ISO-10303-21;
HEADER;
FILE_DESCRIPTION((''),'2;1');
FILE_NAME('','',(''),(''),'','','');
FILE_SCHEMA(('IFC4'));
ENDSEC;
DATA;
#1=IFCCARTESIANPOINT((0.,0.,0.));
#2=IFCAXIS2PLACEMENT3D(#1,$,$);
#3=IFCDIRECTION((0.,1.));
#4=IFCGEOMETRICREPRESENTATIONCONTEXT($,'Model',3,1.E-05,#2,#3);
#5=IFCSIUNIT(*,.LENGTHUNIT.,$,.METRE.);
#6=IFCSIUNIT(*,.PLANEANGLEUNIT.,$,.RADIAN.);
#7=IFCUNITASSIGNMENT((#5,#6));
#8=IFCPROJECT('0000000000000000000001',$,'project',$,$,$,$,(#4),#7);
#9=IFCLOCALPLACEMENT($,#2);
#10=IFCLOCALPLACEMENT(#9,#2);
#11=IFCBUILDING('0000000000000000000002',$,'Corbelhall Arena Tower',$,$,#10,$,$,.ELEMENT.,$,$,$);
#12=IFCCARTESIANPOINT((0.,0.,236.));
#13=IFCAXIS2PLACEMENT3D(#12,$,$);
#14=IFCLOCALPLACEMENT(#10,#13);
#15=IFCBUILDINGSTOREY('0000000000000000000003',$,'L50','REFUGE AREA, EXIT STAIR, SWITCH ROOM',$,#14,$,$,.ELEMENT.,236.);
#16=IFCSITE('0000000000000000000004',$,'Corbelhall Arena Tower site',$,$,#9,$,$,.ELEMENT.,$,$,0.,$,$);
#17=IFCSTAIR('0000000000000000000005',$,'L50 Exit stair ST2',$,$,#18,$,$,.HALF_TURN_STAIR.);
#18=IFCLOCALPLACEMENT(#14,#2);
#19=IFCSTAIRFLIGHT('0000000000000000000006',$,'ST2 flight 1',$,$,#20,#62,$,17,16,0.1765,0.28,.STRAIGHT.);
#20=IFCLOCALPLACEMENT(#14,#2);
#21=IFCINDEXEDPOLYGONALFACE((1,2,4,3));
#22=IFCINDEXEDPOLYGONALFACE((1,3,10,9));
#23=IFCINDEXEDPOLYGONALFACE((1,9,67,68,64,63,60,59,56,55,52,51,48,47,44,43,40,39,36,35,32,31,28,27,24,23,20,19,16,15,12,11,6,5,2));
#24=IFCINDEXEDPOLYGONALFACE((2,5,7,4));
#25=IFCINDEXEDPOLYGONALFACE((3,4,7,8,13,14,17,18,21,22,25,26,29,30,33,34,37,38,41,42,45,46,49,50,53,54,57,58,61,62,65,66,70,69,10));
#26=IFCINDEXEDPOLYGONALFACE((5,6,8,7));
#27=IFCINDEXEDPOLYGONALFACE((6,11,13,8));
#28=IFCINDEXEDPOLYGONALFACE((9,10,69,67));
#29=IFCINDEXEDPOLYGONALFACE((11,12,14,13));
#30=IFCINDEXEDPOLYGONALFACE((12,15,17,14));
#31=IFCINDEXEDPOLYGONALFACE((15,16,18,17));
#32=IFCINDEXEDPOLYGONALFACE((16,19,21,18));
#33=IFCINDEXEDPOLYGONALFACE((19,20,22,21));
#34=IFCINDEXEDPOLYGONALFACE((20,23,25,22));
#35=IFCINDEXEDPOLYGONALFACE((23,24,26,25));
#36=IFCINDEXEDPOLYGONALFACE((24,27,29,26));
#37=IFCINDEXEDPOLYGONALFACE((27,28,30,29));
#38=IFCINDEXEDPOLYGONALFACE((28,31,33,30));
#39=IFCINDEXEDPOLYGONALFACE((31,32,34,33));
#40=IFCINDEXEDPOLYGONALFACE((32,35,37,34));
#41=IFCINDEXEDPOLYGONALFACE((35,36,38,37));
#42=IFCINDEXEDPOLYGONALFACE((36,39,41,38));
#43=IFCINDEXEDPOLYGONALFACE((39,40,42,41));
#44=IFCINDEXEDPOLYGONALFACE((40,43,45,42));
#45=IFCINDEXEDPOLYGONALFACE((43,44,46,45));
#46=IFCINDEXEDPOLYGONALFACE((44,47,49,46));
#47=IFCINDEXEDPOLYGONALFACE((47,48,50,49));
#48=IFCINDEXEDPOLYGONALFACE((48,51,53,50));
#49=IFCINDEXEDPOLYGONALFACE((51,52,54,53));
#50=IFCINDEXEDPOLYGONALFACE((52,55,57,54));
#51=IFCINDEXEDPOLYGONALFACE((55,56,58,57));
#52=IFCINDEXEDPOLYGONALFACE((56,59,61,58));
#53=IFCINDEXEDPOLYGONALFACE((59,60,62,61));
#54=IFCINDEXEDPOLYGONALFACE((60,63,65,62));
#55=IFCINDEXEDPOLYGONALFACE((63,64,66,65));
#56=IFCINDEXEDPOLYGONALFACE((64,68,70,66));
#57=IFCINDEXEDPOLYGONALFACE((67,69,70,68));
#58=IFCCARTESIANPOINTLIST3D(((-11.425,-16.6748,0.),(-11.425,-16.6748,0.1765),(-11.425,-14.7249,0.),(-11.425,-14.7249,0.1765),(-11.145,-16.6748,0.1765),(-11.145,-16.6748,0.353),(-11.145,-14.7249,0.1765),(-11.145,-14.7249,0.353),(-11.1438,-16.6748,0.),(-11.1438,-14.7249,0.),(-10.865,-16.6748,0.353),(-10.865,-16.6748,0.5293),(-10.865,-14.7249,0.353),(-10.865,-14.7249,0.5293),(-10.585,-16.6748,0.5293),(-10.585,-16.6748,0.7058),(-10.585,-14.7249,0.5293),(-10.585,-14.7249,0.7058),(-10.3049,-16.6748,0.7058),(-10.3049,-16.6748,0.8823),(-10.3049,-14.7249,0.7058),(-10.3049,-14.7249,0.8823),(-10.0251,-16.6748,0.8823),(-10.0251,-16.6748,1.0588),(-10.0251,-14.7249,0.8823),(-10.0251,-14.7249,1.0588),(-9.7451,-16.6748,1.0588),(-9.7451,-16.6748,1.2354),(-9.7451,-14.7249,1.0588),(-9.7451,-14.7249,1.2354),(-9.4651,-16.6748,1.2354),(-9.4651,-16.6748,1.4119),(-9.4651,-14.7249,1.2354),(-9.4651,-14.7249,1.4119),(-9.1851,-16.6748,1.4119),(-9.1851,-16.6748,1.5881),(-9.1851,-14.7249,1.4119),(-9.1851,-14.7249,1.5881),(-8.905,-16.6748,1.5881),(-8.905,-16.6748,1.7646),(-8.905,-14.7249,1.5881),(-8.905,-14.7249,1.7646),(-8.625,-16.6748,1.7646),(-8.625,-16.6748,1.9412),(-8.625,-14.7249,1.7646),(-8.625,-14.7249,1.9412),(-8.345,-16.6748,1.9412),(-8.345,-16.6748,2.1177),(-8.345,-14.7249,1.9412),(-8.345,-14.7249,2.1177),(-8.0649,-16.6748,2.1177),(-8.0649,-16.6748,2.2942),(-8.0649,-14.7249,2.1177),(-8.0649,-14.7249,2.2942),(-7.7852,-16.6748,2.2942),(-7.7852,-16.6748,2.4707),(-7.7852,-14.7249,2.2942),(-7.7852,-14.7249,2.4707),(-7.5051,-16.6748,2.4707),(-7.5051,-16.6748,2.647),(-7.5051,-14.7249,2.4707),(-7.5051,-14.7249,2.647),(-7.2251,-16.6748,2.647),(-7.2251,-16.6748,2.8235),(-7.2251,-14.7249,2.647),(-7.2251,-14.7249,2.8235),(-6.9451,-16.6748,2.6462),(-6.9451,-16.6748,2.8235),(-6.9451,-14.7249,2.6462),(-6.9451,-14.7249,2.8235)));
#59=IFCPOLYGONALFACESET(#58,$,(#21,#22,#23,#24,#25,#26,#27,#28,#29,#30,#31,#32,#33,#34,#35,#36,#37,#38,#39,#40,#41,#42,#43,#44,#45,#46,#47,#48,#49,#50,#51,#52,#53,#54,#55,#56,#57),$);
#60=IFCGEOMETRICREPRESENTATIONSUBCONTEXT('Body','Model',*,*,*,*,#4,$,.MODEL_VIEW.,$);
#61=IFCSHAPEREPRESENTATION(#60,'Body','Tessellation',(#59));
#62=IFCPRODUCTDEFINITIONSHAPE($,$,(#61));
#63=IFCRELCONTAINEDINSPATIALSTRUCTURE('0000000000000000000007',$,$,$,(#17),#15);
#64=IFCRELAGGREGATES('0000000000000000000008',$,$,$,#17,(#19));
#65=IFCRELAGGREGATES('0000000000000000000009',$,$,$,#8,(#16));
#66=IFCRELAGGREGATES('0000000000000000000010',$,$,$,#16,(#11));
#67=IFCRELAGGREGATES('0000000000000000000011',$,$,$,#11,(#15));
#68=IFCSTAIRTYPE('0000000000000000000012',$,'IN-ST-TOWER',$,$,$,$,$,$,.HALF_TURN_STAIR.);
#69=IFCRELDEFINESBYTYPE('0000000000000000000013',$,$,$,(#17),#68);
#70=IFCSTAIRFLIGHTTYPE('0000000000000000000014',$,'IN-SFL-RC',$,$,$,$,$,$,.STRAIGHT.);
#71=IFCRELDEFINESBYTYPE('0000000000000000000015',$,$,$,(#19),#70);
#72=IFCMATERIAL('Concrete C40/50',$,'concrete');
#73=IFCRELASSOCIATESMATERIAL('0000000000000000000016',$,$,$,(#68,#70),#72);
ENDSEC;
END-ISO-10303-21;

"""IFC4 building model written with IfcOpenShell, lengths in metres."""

from ifc_helpers import new_model, si_unit, direction, frame, origin, place, context, subcontext, project, spatial, polyline, outline, extrude, material, type_object, element, aggregate, save


model = new_model("IFC4")

# Units and contexts
model_context = context("Model", 3, precision=1e-05, world=origin(), true_north=direction((0.0, 1.0)))
body_context = subcontext(model_context, "Body", "Model", "MODEL_VIEW")
ifc_project = project(units=[si_unit("LENGTHUNIT", "METRE"), si_unit("PLANEANGLEUNIT", "RADIAN")], contexts=[model_context])

# Site, building, storey
site_placement = place(None, origin())
site = spatial("IfcSite", under=ifc_project, at=site_placement, Name="Corbelhall Arena Tower site", CompositionType="ELEMENT", RefElevation=0.0)
building_placement = place(site_placement, origin())
building = spatial("IfcBuilding", under=site, at=building_placement, Name="Corbelhall Arena Tower", CompositionType="ELEMENT")
storey_placement = place(building_placement, frame((0.0, 0.0, 236.0)))
storey = spatial("IfcBuildingStorey", under=building, at=storey_placement, Name="L50", Description="REFUGE AREA, EXIT STAIR, SWITCH ROOM", CompositionType="ELEMENT", Elevation=236.0)

# Stair, stair flight
ifc_material_1 = material(Name="Concrete C40/50", Category="concrete")
stair_type = type_object("IfcStairType", Name="IN-ST-TOWER", PredefinedType="HALF_TURN_STAIR", material=ifc_material_1)
stair_placement = place(storey_placement, origin())
stair = element("IfcStair", 1, at=stair_placement, inside=storey, type_object=stair_type, Name="L50 Exit stair ST2", PredefinedType="HALF_TURN_STAIR")
stair_flight_type = type_object("IfcStairFlightType", Name="IN-SFL-RC", PredefinedType="STRAIGHT", material=ifc_material_1)
stair_flight_placement = place(storey_placement, frame((-11.425, -15.7, 0.0), z_axis=(0.0, 0.0, 1.0), x_axis=(1.0, 0.0, 0.0)))
stair_flight = element("IfcStairFlight", 2, at=stair_flight_placement, type_object=stair_flight_type, Name="ST2 flight 1", NumberOfRisers=17, NumberOfTreads=16, PredefinedType="STRAIGHT", RiserHeight=0.1765, TreadLength=0.28, context=body_context, shape_type="SweptSolid", body=[
    extrude(outline(polyline([(0.0, 0.0), (0.0, 0.1765), (0.28, 0.1765), (0.28, 0.353), (0.5601, 0.353), (0.5601, 0.5293), (0.8401, 0.5293), (0.8401, 0.7058), (1.1201, 0.7058), (1.1201, 0.8823), (1.3999, 0.8823), (1.3999, 1.0588), (1.6799, 1.0588), (1.6799, 1.2354), (1.96, 1.2354), (1.96, 1.4119), (2.24, 1.4119), (2.24, 1.5881), (2.52, 1.5881), (2.52, 1.7646), (2.8, 1.7646), (2.8, 1.9412), (3.0801, 1.9412), (3.0801, 2.1177), (3.3601, 2.1177), (3.3601, 2.2942), (3.6399, 2.2942), (3.6399, 2.4707), (3.9199, 2.4707), (3.9199, 2.647), (4.2, 2.647), (4.2, 2.8235), (4.48, 2.8235), (4.48, 3.0), (4.48, 2.6462), (0.2812, 0.0), (0.0, 0.0)])), frame((0.0, 0.9751, 0.0), z_axis=(0.0, -1.0, 0.0), x_axis=(1.0, 0.0, 0.0)), (0.0, 0.0, 1.0), 1.95),
])
aggregate(stair, [stair_flight])

save(model, "model.ifc")
